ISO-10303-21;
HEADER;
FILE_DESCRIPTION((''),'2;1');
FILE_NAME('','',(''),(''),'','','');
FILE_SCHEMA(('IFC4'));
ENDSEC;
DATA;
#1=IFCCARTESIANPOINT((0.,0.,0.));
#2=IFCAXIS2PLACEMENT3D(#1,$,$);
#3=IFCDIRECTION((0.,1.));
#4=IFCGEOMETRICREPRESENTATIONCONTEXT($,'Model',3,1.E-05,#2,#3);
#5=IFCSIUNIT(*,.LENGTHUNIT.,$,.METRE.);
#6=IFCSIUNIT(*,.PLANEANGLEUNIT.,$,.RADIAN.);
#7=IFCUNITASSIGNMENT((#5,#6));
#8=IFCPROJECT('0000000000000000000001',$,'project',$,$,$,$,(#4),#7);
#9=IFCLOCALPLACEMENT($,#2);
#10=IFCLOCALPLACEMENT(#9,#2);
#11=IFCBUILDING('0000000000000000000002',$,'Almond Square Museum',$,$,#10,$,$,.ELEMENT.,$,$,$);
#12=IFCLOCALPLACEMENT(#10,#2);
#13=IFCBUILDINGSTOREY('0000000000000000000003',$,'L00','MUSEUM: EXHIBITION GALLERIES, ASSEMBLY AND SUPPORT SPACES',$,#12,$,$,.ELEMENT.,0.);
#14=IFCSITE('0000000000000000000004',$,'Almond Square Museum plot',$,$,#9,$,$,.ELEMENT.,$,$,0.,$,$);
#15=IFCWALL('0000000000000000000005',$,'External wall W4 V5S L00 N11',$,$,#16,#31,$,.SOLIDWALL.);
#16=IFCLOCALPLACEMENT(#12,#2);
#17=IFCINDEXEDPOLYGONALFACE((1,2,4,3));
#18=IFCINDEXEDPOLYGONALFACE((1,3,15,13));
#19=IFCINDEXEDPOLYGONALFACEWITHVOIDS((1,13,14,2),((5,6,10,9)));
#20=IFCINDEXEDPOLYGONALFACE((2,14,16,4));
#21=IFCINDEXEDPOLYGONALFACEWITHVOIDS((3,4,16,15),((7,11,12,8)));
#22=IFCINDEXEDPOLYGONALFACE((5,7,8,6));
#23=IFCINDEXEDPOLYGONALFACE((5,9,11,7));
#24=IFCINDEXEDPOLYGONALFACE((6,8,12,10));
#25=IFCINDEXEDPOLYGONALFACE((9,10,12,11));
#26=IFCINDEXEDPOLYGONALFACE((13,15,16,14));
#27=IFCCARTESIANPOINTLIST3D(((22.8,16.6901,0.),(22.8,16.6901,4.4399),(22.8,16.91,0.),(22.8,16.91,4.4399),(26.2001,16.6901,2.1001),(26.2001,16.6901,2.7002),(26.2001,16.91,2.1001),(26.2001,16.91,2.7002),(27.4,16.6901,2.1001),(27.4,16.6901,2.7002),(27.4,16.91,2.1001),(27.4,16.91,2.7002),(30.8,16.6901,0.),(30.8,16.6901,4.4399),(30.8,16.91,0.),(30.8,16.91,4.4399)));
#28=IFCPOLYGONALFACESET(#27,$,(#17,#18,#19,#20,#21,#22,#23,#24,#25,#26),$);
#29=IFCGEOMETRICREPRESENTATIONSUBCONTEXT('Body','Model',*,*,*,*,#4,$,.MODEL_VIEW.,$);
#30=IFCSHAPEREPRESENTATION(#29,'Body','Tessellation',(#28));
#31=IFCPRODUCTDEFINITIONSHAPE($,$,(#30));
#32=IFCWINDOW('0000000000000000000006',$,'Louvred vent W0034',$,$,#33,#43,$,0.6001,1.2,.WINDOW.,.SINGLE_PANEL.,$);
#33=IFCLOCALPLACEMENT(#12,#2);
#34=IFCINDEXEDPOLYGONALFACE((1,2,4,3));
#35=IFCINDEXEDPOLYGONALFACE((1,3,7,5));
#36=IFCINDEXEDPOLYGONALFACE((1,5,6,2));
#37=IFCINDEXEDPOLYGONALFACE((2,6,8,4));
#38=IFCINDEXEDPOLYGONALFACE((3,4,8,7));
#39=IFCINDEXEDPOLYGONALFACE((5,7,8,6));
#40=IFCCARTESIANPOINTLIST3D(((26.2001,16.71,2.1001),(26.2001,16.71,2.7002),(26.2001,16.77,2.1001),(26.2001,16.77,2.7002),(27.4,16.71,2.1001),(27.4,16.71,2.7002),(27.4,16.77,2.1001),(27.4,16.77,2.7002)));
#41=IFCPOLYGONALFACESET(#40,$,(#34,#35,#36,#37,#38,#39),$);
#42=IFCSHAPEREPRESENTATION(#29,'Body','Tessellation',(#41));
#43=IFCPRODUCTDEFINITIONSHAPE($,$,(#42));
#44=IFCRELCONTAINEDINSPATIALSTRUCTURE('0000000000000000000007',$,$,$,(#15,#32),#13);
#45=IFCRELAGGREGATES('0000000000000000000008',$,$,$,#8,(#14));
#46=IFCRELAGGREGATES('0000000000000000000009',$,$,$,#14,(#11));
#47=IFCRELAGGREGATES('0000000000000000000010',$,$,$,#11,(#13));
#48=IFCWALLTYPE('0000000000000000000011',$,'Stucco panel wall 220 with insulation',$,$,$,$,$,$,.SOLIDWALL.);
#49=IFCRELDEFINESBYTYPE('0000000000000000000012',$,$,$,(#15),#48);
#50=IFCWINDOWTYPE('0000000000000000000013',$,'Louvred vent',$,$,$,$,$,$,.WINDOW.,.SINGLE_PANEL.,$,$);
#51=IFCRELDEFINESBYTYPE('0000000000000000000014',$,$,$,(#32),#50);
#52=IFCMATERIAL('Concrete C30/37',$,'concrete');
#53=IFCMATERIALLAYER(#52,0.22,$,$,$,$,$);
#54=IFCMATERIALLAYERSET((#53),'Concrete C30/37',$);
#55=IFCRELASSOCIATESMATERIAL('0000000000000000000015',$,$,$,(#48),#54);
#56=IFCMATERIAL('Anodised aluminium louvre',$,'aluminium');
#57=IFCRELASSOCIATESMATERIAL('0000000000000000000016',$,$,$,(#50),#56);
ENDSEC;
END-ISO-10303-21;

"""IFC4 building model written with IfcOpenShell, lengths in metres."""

from ifc_helpers import new_model, si_unit, direction, frame, frame_2d, origin, place, context, subcontext, project, spatial, rectangle, extrude, material, layer, layer_set, type_object, element, fill, save


model = new_model("IFC4")

# Units and contexts
model_context = context("Model", 3, precision=1e-05, world=origin(), true_north=direction((0.0, 1.0)))
body_context = subcontext(model_context, "Body", "Model", "MODEL_VIEW")
ifc_project = project(units=[si_unit("LENGTHUNIT", "METRE"), si_unit("PLANEANGLEUNIT", "RADIAN")], contexts=[model_context])

# Site, building, storey
site_placement = place(None, origin())
site = spatial("IfcSite", under=ifc_project, at=site_placement, Name="Almond Square Museum plot", CompositionType="ELEMENT", RefElevation=0.0)
building_placement = place(site_placement, origin())
building = spatial("IfcBuilding", under=site, at=building_placement, Name="Almond Square Museum", CompositionType="ELEMENT")
storey_placement = place(building_placement, origin())
storey = spatial("IfcBuildingStorey", under=building, at=storey_placement, Name="L00", Description="MUSEUM: EXHIBITION GALLERIES, ASSEMBLY AND SUPPORT SPACES", CompositionType="ELEMENT", Elevation=0.0)

# Wall, opening, window
ifc_material_1 = material(Name="Concrete C30/37", Category="concrete")
ifc_layer_1 = layer(ifc_material_1, 0.22)
ifc_layer_set_1 = layer_set([ifc_layer_1], Name="Concrete C30/37")
wall_type_1 = type_object("IfcWallType", Name="Stucco panel wall 220 with insulation", PredefinedType="SOLIDWALL", material=ifc_layer_set_1)
ifc_material_2 = material(Name="Anodised aluminium louvre", Category="aluminium")
window_type = type_object("IfcWindowType", Name="Louvred vent", PartitioningType="SINGLE_PANEL", PredefinedType="WINDOW", material=ifc_material_2)
wall_1_placement = place(storey_placement, frame((22.8, 16.8, 0.0), z_axis=(0.0, 0.0, 1.0), x_axis=(1.0, 0.0, 0.0)))
wall_1 = element("IfcWall", 1, at=wall_1_placement, inside=storey, type_object=wall_type_1, Name="External wall W4 V5S L00 N11", PredefinedType="SOLIDWALL", context=body_context, shape_type="SweptSolid", body=[
    extrude(rectangle(XDim=8.0, YDim=0.22, at=frame_2d((4.0, 0.0))), origin(), (0.0, 0.0, 1.0), 4.4399),
])
opening_1_placement = place(wall_1_placement, frame((3.3999, 0.0, 2.1001)))
opening_1 = element("IfcOpeningElement", 2, at=opening_1_placement, cuts=wall_1, PredefinedType="OPENING", context=body_context, shape_type="SweptSolid", body=[
    extrude(rectangle(XDim=1.2, YDim=0.6001, at=frame_2d((0.6001, 0.3))), frame((0.0, 0.1199, 0.0), z_axis=(0.0, -1.0, 0.0), x_axis=(1.0, 0.0, 0.0)), (0.0, 0.0, 1.0), 0.24),
])
window_1_placement = place(opening_1_placement, origin())
window_1 = element("IfcWindow", 3, at=window_1_placement, inside=storey, type_object=window_type, Name="Louvred vent W0034", OverallHeight=0.6001, OverallWidth=1.2, PartitioningType="SINGLE_PANEL", PredefinedType="WINDOW", context=body_context, shape_type="SweptSolid", body=[
    extrude(rectangle(XDim=1.2, YDim=0.6001, at=frame_2d((0.6001, 0.3))), frame((0.0, -0.03, 0.0), z_axis=(0.0, -1.0, 0.0), x_axis=(1.0, 0.0, 0.0)), (0.0, 0.0, 1.0), 0.0601),
])
fill(opening_1, window_1)

save(model, "model.ifc")
